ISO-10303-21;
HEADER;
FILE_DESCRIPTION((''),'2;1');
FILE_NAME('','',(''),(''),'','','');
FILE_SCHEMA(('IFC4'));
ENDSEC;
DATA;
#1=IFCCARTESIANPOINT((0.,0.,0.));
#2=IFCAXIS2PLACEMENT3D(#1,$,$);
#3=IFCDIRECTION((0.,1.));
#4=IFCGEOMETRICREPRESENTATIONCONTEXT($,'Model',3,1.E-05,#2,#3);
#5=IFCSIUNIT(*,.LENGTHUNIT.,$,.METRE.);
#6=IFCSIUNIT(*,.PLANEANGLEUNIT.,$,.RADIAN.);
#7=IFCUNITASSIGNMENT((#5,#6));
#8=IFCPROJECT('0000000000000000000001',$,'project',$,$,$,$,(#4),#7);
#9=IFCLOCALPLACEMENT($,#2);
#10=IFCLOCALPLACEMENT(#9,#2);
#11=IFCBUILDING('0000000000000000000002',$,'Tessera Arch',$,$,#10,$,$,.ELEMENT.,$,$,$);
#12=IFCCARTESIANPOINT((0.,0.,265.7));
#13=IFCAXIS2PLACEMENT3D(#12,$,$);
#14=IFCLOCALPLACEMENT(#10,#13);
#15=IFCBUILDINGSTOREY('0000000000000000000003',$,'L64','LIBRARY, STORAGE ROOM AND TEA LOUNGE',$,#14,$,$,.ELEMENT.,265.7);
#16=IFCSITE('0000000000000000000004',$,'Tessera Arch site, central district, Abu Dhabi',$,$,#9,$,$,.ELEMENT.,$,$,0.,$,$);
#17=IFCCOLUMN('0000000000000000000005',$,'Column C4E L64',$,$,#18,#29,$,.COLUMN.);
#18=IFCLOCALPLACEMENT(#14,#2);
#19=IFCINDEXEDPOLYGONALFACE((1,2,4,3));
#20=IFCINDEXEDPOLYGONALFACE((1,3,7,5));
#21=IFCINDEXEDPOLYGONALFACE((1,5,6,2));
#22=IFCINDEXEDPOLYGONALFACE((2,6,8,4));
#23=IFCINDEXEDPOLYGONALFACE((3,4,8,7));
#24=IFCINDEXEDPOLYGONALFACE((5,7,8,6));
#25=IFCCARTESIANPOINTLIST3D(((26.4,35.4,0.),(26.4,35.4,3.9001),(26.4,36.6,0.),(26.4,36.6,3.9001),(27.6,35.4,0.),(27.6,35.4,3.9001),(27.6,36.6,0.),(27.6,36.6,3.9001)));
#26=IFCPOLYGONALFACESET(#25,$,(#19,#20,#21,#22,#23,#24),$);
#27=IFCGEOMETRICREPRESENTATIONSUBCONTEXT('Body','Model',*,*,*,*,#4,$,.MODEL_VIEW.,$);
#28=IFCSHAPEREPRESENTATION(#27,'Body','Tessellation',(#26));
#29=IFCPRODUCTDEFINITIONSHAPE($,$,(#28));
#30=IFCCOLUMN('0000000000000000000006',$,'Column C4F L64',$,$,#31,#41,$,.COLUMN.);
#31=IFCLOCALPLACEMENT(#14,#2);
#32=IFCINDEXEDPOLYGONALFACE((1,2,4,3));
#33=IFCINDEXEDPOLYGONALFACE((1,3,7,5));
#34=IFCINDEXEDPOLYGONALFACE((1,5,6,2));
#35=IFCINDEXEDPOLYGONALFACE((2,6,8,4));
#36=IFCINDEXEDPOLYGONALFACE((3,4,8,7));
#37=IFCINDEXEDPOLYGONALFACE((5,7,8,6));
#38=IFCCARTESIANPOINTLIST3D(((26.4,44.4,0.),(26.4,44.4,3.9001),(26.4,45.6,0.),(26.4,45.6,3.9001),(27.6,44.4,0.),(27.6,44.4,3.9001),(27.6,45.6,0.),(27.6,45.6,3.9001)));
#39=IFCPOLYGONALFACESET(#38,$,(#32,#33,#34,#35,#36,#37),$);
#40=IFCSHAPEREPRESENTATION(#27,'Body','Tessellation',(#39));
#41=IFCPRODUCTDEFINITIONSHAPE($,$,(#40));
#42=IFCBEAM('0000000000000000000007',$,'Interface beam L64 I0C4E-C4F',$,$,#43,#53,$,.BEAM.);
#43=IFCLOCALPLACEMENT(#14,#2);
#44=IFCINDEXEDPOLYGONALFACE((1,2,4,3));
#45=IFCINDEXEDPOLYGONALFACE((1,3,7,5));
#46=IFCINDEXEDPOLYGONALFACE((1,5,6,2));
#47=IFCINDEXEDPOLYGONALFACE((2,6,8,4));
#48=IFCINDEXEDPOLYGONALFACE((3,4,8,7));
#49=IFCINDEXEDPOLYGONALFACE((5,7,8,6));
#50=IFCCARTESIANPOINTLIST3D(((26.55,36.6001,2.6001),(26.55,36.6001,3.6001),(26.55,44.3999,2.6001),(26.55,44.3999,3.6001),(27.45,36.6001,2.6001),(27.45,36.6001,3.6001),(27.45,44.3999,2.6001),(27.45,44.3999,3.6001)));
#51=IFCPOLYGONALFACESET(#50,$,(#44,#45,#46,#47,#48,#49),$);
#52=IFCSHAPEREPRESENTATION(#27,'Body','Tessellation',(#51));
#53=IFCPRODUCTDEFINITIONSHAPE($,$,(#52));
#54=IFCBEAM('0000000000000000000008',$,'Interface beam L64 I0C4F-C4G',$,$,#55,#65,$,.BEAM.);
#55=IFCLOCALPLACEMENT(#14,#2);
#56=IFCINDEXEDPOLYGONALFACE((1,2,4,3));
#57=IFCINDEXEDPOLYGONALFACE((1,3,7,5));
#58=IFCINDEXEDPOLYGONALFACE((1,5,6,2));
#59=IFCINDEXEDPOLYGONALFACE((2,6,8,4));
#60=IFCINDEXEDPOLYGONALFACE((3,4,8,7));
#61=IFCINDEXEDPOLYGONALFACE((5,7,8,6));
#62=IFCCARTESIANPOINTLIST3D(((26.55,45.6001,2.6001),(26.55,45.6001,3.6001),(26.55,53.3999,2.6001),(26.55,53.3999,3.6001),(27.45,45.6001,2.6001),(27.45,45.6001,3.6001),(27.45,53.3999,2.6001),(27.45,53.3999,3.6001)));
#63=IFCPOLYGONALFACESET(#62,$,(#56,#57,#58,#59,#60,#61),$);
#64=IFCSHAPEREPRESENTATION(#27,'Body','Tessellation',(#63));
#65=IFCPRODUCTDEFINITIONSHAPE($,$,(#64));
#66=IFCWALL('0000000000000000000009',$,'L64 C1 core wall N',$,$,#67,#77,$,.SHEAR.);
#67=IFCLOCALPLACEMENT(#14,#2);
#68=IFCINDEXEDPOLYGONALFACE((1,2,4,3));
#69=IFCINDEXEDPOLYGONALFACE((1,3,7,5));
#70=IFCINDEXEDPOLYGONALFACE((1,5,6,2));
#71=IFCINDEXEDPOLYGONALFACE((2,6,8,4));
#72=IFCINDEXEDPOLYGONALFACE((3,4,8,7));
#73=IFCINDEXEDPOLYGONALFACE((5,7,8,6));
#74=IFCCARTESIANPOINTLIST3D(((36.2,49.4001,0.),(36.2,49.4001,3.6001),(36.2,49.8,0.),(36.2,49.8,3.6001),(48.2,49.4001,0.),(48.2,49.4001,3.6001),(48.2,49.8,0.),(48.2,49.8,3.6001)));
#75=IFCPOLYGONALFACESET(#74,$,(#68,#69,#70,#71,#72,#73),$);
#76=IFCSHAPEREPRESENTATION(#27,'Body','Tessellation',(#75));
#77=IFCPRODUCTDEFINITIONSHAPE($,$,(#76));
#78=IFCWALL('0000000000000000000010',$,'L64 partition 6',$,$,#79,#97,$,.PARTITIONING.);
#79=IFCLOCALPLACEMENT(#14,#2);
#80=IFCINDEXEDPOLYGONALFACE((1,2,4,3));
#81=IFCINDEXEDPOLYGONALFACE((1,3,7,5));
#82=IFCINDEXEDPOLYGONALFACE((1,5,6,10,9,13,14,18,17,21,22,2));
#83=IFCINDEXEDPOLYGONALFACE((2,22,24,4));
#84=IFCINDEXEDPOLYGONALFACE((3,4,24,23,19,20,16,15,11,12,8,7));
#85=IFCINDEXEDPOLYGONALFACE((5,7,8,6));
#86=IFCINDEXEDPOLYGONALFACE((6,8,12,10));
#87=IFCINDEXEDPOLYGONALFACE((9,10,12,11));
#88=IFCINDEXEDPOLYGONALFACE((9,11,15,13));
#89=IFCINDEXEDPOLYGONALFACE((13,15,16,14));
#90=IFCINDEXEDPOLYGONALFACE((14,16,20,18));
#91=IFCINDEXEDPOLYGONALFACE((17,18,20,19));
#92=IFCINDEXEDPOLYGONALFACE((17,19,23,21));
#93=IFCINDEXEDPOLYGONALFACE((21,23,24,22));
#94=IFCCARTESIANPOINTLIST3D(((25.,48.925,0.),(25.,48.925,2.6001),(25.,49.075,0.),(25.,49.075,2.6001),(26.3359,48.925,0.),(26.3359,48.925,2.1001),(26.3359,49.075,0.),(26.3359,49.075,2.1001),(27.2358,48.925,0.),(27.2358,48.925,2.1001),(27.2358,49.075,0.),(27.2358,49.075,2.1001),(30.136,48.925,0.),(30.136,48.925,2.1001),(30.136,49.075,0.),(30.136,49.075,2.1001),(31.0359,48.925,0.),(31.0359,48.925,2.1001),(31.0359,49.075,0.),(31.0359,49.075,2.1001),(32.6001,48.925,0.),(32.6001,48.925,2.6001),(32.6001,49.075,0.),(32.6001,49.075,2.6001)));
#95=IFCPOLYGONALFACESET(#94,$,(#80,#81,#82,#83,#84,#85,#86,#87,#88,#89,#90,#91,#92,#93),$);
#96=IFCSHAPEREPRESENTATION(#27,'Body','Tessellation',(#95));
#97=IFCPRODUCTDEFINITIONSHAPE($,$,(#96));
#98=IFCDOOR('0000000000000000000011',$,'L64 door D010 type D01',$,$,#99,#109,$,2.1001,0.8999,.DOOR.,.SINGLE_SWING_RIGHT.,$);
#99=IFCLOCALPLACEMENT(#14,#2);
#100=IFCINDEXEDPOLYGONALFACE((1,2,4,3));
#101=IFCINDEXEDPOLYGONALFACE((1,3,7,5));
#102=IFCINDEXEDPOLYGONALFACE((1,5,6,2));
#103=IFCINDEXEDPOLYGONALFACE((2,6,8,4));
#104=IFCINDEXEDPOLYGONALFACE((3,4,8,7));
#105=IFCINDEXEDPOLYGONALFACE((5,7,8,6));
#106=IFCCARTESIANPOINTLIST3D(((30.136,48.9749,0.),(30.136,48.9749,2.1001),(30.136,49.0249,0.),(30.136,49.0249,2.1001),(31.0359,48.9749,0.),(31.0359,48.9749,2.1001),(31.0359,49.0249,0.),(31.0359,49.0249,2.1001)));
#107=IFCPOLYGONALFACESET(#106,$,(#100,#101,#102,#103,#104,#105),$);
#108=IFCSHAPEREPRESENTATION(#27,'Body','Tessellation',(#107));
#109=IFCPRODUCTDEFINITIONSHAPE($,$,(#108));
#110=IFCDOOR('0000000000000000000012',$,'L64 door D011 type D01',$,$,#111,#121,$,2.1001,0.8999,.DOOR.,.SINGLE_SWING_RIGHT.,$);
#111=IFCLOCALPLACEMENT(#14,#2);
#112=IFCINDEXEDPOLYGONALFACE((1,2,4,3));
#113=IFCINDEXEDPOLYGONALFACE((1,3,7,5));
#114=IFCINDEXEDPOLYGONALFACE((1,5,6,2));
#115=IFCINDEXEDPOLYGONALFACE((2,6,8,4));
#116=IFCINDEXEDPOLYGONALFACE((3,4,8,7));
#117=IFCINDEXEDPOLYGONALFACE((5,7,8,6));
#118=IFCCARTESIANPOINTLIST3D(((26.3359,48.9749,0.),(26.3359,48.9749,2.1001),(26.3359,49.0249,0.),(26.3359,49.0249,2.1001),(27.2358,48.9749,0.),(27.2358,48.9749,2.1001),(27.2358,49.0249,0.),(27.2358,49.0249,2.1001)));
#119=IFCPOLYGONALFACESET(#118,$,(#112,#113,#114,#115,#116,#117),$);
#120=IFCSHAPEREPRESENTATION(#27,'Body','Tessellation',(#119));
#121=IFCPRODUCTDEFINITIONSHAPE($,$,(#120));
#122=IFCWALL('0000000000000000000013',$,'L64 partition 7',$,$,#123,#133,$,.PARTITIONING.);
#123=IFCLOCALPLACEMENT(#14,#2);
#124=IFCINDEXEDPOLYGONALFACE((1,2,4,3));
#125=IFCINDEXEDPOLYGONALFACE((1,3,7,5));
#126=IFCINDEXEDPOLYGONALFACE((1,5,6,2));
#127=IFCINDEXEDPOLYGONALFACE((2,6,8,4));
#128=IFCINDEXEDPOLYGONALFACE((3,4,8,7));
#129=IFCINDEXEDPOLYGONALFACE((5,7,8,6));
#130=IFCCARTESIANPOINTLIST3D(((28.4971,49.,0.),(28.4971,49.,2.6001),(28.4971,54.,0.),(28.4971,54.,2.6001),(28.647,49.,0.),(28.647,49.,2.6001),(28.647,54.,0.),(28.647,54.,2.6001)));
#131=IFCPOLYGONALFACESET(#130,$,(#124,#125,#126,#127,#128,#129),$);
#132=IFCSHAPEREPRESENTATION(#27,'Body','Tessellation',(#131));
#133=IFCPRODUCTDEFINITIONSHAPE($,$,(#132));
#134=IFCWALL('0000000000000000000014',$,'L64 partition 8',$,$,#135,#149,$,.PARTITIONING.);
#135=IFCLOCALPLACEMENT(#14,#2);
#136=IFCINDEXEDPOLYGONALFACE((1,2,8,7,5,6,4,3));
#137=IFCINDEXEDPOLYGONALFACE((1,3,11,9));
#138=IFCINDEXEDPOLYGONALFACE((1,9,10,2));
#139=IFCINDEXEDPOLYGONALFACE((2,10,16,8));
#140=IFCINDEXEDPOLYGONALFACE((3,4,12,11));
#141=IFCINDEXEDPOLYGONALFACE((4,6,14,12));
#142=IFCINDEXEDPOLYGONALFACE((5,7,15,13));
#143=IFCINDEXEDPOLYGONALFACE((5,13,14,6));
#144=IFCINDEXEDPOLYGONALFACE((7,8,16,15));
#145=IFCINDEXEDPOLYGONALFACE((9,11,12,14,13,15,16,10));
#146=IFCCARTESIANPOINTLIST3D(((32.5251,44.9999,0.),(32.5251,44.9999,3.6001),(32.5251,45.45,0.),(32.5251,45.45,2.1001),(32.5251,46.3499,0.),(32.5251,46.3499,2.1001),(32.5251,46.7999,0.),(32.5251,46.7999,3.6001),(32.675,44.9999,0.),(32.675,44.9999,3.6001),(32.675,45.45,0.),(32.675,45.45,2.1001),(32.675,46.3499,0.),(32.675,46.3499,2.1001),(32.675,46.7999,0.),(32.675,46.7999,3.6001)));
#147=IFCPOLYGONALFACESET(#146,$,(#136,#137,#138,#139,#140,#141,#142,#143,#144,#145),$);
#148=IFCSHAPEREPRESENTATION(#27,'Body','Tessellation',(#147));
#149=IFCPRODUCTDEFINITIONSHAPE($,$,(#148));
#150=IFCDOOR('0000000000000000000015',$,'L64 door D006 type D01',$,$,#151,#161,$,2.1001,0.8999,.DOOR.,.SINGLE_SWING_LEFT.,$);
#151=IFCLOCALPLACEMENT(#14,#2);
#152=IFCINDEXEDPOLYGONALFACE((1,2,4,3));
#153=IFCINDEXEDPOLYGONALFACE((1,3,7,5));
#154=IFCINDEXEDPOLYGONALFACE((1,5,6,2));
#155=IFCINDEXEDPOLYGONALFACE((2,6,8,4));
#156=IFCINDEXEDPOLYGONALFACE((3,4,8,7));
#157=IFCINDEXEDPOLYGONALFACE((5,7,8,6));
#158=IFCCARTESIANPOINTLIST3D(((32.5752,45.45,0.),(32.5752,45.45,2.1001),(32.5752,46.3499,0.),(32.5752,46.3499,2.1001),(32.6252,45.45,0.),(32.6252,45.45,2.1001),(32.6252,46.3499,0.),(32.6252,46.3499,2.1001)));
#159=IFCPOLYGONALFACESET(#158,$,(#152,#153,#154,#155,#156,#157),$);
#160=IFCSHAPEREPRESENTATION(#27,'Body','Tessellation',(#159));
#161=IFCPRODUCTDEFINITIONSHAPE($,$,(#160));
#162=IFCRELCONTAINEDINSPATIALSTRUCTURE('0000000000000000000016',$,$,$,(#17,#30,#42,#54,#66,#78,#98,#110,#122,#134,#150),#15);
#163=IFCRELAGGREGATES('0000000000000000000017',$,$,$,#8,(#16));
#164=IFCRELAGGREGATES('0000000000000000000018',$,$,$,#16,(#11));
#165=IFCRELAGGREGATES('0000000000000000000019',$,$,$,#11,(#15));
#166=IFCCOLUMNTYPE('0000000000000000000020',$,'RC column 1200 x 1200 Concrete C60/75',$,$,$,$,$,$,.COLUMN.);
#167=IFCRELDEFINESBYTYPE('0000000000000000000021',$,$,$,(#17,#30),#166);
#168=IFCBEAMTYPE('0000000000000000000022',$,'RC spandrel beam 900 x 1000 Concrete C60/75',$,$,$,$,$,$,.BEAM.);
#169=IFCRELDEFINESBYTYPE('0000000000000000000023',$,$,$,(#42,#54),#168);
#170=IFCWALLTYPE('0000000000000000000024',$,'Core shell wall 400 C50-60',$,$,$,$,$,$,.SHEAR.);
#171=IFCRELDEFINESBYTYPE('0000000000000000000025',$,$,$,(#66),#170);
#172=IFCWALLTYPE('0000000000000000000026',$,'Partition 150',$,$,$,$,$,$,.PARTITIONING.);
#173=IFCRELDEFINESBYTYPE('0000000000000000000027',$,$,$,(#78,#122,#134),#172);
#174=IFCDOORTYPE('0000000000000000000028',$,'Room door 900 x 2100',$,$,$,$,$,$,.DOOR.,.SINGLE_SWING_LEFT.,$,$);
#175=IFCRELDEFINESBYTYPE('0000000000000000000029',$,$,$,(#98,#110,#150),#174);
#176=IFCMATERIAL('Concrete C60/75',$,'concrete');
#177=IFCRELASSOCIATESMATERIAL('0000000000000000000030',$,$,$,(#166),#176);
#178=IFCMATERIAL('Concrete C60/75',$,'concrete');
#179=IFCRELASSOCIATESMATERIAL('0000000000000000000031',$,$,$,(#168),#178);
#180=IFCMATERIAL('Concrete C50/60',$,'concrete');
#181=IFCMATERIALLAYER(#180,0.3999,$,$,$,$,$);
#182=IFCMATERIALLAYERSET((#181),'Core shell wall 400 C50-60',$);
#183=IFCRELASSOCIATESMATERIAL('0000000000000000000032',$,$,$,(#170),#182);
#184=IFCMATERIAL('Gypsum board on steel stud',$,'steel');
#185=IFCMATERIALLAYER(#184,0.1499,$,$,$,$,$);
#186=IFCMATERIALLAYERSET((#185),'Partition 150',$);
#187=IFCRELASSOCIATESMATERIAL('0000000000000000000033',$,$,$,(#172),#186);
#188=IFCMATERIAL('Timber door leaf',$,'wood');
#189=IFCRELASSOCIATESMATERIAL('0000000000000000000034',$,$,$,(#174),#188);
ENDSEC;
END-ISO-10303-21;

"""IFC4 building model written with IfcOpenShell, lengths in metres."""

from ifc_helpers import new_model, si_unit, direction, frame, frame_2d, origin, origin_2d, place, context, subcontext, project, spatial, rectangle, extrude, material, layer, layer_set, material_profile, profile_set, type_object, element, fill, save


model = new_model("IFC4")

# Units and contexts
model_context = context("Model", 3, precision=1e-05, world=origin(), true_north=direction((0.0, 1.0)))
body_context = subcontext(model_context, "Body", "Model", "MODEL_VIEW")
ifc_project = project(units=[si_unit("LENGTHUNIT", "METRE"), si_unit("PLANEANGLEUNIT", "RADIAN")], contexts=[model_context])

# Site, building, storey
site_placement = place(None, origin())
site = spatial("IfcSite", under=ifc_project, at=site_placement, Name="Tessera Arch site, central district, Abu Dhabi", CompositionType="ELEMENT", RefElevation=0.0)
building_placement = place(site_placement, origin())
building = spatial("IfcBuilding", under=site, at=building_placement, Name="Tessera Arch", CompositionType="ELEMENT")
storey_placement = place(building_placement, frame((0.0, 0.0, 265.7)))
storey = spatial("IfcBuildingStorey", under=building, at=storey_placement, Name="L64", Description="LIBRARY, STORAGE ROOM AND TEA LOUNGE", CompositionType="ELEMENT", Elevation=265.7)

# Columns
ifc_material_1 = material(Name="Concrete C60/75", Category="concrete")
ifc_material_profile_1 = material_profile(ifc_material_1, rectangle(XDim=1.2, YDim=1.2, at=origin_2d()), Name="RC column 1200 x 1200 Concrete C60/75")
ifc_profile_set_1 = profile_set([ifc_material_profile_1], Name="Concrete C60/75")
column_type = type_object("IfcColumnType", Name="RC column 1200 x 1200 Concrete C60/75", PredefinedType="COLUMN", material=ifc_profile_set_1)
for number, where, z_axis, x_axis, name in (
    (1, (27.0, 36.0, 0.0), (0.0, 0.0, 1.0), (1.0, 0.0, 0.0), "Column C4E L64"),
    (2, (27.0, 45.0, 0.0), (0.0, 0.0, 1.0), (1.0, 0.0, 0.0), "Column C4F L64"),
):
    element("IfcColumn", number, at=place(storey_placement, frame(where, z_axis=z_axis, x_axis=x_axis)), inside=storey, type_object=column_type, Name=name, PredefinedType="COLUMN", context=body_context, shape_type="SweptSolid", body=[
        extrude(rectangle(XDim=1.2, YDim=1.2, at=origin_2d()), origin(), (0.0, 0.0, 1.0), 3.9001),
    ])

# Beams
ifc_material_2 = material(Name="Concrete C60/75", Category="concrete")
ifc_material_profile_2 = material_profile(ifc_material_2, rectangle(XDim=0.8999, YDim=1.0, at=origin_2d()), Name="RC spandrel beam 900 x 1000 Concrete C60/75")
ifc_profile_set_2 = profile_set([ifc_material_profile_2], Name="Concrete C60/75")
beam_type = type_object("IfcBeamType", Name="RC spandrel beam 900 x 1000 Concrete C60/75", PredefinedType="BEAM", material=ifc_profile_set_2)
for number, where, z_axis, x_axis, name in (
    (3, (27.0, 36.6001, 3.1001), (0.0, 1.0, 0.0), (-1.0, 0.0, 0.0), "Interface beam L64 I0C4E-C4F"),
    (4, (27.0, 45.6001, 3.1001), (0.0, 1.0, 0.0), (-1.0, 0.0, 0.0), "Interface beam L64 I0C4F-C4G"),
):
    element("IfcBeam", number, at=place(storey_placement, frame(where, z_axis=z_axis, x_axis=x_axis)), inside=storey, type_object=beam_type, Name=name, PredefinedType="BEAM", context=body_context, shape_type="SweptSolid", body=[
        extrude(rectangle(XDim=0.8999, YDim=1.0, at=origin_2d()), origin(), (0.0, 0.0, 1.0), 7.7998),
    ])

# Wall
ifc_material_3 = material(Name="Concrete C50/60", Category="concrete")
ifc_layer_1 = layer(ifc_material_3, 0.3999)
ifc_layer_set_1 = layer_set([ifc_layer_1], Name="Core shell wall 400 C50-60")
wall_type_1 = type_object("IfcWallType", Name="Core shell wall 400 C50-60", PredefinedType="SHEAR", material=ifc_layer_set_1)
wall_1_placement = place(storey_placement, frame((36.2, 49.6001, 0.0), z_axis=(0.0, 0.0, 1.0), x_axis=(1.0, 0.0, 0.0)))
element("IfcWall", 5, at=wall_1_placement, inside=storey, type_object=wall_type_1, Name="L64 C1 core wall N", PredefinedType="SHEAR", context=body_context, shape_type="SweptSolid", body=[
    extrude(rectangle(XDim=12.0, YDim=0.3999, at=frame_2d((6.0, 0.0))), origin(), (0.0, 0.0, 1.0), 3.6001),
])

# Wall, openings, doors
ifc_material_4 = material(Name="Gypsum board on steel stud", Category="steel")
ifc_layer_2 = layer(ifc_material_4, 0.1499)
ifc_layer_set_2 = layer_set([ifc_layer_2], Name="Partition 150")
wall_type_2 = type_object("IfcWallType", Name="Partition 150", PredefinedType="PARTITIONING", material=ifc_layer_set_2)
wall_2_placement = place(storey_placement, frame((25.0, 49.0, 0.0), z_axis=(0.0, 0.0, 1.0), x_axis=(1.0, 0.0, 0.0)))
wall_2 = element("IfcWall", 6, at=wall_2_placement, inside=storey, type_object=wall_type_2, Name="L64 partition 6", PredefinedType="PARTITIONING", context=body_context, shape_type="SweptSolid", body=[
    extrude(rectangle(XDim=7.6001, YDim=0.1499, at=frame_2d((3.8, 0.0))), origin(), (0.0, 0.0, 1.0), 2.6001),
])
opening_1_placement = place(wall_2_placement, frame((5.136, 0.0, 0.0)))
opening_1 = element("IfcOpeningElement", 7, at=opening_1_placement, cuts=wall_2, PredefinedType="OPENING", context=body_context, shape_type="SweptSolid", body=[
    extrude(rectangle(XDim=0.8999, YDim=2.1001, at=frame_2d((0.45, 1.05))), frame((0.0, 0.085, 0.0), z_axis=(0.0, -1.0, 0.0), x_axis=(1.0, 0.0, 0.0)), (0.0, 0.0, 1.0), 0.1699),
])
opening_2_placement = place(wall_2_placement, frame((1.3359, 0.0, 0.0)))
opening_2 = element("IfcOpeningElement", 8, at=opening_2_placement, cuts=wall_2, PredefinedType="OPENING", context=body_context, shape_type="SweptSolid", body=[
    extrude(rectangle(XDim=0.8999, YDim=2.1001, at=frame_2d((0.45, 1.05))), frame((0.0, 0.085, 0.0), z_axis=(0.0, -1.0, 0.0), x_axis=(1.0, 0.0, 0.0)), (0.0, 0.0, 1.0), 0.1699),
])
ifc_material_5 = material(Name="Timber door leaf", Category="wood")
door_type_1 = type_object("IfcDoorType", Name="Room door 900 x 2100", OperationType="SINGLE_SWING_LEFT", PredefinedType="DOOR", material=ifc_material_5)
door_1_placement = place(opening_1_placement, origin())
door_1 = element("IfcDoor", 9, at=door_1_placement, inside=storey, type_object=door_type_1, Name="L64 door D010 type D01", OperationType="SINGLE_SWING_RIGHT", OverallHeight=2.1001, OverallWidth=0.8999, PredefinedType="DOOR", context=body_context, shape_type="SweptSolid", body=[
    extrude(rectangle(XDim=0.8999, YDim=2.1001, at=frame_2d((0.45, 1.05))), frame((0.0, 0.0249, 0.0), z_axis=(0.0, -1.0, 0.0), x_axis=(1.0, 0.0, 0.0)), (0.0, 0.0, 1.0), 0.05),
])
fill(opening_1, door_1)
door_2_placement = place(opening_2_placement, origin())
door_2 = element("IfcDoor", 10, at=door_2_placement, inside=storey, type_object=door_type_1, Name="L64 door D011 type D01", OperationType="SINGLE_SWING_RIGHT", OverallHeight=2.1001, OverallWidth=0.8999, PredefinedType="DOOR", context=body_context, shape_type="SweptSolid", body=[
    extrude(rectangle(XDim=0.8999, YDim=2.1001, at=frame_2d((0.45, 1.05))), frame((0.0, 0.0249, 0.0), z_axis=(0.0, -1.0, 0.0), x_axis=(1.0, 0.0, 0.0)), (0.0, 0.0, 1.0), 0.05),
])
fill(opening_2, door_2)

# Wall
wall_3_placement = place(storey_placement, frame((28.572, 49.0, 0.0), z_axis=(0.0, 0.0, 1.0), x_axis=(0.0, 1.0, 0.0)))
element("IfcWall", 11, at=wall_3_placement, inside=storey, type_object=wall_type_2, Name="L64 partition 7", PredefinedType="PARTITIONING", context=body_context, shape_type="SweptSolid", body=[
    extrude(rectangle(XDim=5.0, YDim=0.1499, at=frame_2d((2.5, 0.0))), origin(), (0.0, 0.0, 1.0), 2.6001),
])

# Wall, opening, door
wall_4_placement = place(storey_placement, frame((32.6001, 45.0, 0.0), z_axis=(0.0, 0.0, 1.0), x_axis=(0.0, 1.0, 0.0)))
wall_4 = element("IfcWall", 12, at=wall_4_placement, inside=storey, type_object=wall_type_2, Name="L64 partition 8", PredefinedType="PARTITIONING", context=body_context, shape_type="SweptSolid", body=[
    extrude(rectangle(XDim=1.8, YDim=0.1499, at=frame_2d((0.8999, 0.0))), origin(), (0.0, 0.0, 1.0), 3.6001),
])
opening_3_placement = place(wall_4_placement, frame((0.45, 0.0, 0.0)))
opening_3 = element("IfcOpeningElement", 13, at=opening_3_placement, cuts=wall_4, PredefinedType="OPENING", context=body_context, shape_type="SweptSolid", body=[
    extrude(rectangle(XDim=0.8999, YDim=2.1001, at=frame_2d((0.45, 1.05))), frame((0.0, 0.085, 0.0), z_axis=(0.0, -1.0, 0.0), x_axis=(1.0, 0.0, 0.0)), (0.0, 0.0, 1.0), 0.1699),
])
door_3_placement = place(opening_3_placement, origin())
door_3 = element("IfcDoor", 14, at=door_3_placement, inside=storey, type_object=door_type_1, Name="L64 door D006 type D01", OperationType="SINGLE_SWING_LEFT", OverallHeight=2.1001, OverallWidth=0.8999, PredefinedType="DOOR", context=body_context, shape_type="SweptSolid", body=[
    extrude(rectangle(XDim=0.8999, YDim=2.1001, at=frame_2d((0.45, 1.05))), frame((0.0, 0.0249, 0.0), z_axis=(0.0, -1.0, 0.0), x_axis=(1.0, 0.0, 0.0)), (0.0, 0.0, 1.0), 0.05),
])
fill(opening_3, door_3)

save(model, "model.ifc")
